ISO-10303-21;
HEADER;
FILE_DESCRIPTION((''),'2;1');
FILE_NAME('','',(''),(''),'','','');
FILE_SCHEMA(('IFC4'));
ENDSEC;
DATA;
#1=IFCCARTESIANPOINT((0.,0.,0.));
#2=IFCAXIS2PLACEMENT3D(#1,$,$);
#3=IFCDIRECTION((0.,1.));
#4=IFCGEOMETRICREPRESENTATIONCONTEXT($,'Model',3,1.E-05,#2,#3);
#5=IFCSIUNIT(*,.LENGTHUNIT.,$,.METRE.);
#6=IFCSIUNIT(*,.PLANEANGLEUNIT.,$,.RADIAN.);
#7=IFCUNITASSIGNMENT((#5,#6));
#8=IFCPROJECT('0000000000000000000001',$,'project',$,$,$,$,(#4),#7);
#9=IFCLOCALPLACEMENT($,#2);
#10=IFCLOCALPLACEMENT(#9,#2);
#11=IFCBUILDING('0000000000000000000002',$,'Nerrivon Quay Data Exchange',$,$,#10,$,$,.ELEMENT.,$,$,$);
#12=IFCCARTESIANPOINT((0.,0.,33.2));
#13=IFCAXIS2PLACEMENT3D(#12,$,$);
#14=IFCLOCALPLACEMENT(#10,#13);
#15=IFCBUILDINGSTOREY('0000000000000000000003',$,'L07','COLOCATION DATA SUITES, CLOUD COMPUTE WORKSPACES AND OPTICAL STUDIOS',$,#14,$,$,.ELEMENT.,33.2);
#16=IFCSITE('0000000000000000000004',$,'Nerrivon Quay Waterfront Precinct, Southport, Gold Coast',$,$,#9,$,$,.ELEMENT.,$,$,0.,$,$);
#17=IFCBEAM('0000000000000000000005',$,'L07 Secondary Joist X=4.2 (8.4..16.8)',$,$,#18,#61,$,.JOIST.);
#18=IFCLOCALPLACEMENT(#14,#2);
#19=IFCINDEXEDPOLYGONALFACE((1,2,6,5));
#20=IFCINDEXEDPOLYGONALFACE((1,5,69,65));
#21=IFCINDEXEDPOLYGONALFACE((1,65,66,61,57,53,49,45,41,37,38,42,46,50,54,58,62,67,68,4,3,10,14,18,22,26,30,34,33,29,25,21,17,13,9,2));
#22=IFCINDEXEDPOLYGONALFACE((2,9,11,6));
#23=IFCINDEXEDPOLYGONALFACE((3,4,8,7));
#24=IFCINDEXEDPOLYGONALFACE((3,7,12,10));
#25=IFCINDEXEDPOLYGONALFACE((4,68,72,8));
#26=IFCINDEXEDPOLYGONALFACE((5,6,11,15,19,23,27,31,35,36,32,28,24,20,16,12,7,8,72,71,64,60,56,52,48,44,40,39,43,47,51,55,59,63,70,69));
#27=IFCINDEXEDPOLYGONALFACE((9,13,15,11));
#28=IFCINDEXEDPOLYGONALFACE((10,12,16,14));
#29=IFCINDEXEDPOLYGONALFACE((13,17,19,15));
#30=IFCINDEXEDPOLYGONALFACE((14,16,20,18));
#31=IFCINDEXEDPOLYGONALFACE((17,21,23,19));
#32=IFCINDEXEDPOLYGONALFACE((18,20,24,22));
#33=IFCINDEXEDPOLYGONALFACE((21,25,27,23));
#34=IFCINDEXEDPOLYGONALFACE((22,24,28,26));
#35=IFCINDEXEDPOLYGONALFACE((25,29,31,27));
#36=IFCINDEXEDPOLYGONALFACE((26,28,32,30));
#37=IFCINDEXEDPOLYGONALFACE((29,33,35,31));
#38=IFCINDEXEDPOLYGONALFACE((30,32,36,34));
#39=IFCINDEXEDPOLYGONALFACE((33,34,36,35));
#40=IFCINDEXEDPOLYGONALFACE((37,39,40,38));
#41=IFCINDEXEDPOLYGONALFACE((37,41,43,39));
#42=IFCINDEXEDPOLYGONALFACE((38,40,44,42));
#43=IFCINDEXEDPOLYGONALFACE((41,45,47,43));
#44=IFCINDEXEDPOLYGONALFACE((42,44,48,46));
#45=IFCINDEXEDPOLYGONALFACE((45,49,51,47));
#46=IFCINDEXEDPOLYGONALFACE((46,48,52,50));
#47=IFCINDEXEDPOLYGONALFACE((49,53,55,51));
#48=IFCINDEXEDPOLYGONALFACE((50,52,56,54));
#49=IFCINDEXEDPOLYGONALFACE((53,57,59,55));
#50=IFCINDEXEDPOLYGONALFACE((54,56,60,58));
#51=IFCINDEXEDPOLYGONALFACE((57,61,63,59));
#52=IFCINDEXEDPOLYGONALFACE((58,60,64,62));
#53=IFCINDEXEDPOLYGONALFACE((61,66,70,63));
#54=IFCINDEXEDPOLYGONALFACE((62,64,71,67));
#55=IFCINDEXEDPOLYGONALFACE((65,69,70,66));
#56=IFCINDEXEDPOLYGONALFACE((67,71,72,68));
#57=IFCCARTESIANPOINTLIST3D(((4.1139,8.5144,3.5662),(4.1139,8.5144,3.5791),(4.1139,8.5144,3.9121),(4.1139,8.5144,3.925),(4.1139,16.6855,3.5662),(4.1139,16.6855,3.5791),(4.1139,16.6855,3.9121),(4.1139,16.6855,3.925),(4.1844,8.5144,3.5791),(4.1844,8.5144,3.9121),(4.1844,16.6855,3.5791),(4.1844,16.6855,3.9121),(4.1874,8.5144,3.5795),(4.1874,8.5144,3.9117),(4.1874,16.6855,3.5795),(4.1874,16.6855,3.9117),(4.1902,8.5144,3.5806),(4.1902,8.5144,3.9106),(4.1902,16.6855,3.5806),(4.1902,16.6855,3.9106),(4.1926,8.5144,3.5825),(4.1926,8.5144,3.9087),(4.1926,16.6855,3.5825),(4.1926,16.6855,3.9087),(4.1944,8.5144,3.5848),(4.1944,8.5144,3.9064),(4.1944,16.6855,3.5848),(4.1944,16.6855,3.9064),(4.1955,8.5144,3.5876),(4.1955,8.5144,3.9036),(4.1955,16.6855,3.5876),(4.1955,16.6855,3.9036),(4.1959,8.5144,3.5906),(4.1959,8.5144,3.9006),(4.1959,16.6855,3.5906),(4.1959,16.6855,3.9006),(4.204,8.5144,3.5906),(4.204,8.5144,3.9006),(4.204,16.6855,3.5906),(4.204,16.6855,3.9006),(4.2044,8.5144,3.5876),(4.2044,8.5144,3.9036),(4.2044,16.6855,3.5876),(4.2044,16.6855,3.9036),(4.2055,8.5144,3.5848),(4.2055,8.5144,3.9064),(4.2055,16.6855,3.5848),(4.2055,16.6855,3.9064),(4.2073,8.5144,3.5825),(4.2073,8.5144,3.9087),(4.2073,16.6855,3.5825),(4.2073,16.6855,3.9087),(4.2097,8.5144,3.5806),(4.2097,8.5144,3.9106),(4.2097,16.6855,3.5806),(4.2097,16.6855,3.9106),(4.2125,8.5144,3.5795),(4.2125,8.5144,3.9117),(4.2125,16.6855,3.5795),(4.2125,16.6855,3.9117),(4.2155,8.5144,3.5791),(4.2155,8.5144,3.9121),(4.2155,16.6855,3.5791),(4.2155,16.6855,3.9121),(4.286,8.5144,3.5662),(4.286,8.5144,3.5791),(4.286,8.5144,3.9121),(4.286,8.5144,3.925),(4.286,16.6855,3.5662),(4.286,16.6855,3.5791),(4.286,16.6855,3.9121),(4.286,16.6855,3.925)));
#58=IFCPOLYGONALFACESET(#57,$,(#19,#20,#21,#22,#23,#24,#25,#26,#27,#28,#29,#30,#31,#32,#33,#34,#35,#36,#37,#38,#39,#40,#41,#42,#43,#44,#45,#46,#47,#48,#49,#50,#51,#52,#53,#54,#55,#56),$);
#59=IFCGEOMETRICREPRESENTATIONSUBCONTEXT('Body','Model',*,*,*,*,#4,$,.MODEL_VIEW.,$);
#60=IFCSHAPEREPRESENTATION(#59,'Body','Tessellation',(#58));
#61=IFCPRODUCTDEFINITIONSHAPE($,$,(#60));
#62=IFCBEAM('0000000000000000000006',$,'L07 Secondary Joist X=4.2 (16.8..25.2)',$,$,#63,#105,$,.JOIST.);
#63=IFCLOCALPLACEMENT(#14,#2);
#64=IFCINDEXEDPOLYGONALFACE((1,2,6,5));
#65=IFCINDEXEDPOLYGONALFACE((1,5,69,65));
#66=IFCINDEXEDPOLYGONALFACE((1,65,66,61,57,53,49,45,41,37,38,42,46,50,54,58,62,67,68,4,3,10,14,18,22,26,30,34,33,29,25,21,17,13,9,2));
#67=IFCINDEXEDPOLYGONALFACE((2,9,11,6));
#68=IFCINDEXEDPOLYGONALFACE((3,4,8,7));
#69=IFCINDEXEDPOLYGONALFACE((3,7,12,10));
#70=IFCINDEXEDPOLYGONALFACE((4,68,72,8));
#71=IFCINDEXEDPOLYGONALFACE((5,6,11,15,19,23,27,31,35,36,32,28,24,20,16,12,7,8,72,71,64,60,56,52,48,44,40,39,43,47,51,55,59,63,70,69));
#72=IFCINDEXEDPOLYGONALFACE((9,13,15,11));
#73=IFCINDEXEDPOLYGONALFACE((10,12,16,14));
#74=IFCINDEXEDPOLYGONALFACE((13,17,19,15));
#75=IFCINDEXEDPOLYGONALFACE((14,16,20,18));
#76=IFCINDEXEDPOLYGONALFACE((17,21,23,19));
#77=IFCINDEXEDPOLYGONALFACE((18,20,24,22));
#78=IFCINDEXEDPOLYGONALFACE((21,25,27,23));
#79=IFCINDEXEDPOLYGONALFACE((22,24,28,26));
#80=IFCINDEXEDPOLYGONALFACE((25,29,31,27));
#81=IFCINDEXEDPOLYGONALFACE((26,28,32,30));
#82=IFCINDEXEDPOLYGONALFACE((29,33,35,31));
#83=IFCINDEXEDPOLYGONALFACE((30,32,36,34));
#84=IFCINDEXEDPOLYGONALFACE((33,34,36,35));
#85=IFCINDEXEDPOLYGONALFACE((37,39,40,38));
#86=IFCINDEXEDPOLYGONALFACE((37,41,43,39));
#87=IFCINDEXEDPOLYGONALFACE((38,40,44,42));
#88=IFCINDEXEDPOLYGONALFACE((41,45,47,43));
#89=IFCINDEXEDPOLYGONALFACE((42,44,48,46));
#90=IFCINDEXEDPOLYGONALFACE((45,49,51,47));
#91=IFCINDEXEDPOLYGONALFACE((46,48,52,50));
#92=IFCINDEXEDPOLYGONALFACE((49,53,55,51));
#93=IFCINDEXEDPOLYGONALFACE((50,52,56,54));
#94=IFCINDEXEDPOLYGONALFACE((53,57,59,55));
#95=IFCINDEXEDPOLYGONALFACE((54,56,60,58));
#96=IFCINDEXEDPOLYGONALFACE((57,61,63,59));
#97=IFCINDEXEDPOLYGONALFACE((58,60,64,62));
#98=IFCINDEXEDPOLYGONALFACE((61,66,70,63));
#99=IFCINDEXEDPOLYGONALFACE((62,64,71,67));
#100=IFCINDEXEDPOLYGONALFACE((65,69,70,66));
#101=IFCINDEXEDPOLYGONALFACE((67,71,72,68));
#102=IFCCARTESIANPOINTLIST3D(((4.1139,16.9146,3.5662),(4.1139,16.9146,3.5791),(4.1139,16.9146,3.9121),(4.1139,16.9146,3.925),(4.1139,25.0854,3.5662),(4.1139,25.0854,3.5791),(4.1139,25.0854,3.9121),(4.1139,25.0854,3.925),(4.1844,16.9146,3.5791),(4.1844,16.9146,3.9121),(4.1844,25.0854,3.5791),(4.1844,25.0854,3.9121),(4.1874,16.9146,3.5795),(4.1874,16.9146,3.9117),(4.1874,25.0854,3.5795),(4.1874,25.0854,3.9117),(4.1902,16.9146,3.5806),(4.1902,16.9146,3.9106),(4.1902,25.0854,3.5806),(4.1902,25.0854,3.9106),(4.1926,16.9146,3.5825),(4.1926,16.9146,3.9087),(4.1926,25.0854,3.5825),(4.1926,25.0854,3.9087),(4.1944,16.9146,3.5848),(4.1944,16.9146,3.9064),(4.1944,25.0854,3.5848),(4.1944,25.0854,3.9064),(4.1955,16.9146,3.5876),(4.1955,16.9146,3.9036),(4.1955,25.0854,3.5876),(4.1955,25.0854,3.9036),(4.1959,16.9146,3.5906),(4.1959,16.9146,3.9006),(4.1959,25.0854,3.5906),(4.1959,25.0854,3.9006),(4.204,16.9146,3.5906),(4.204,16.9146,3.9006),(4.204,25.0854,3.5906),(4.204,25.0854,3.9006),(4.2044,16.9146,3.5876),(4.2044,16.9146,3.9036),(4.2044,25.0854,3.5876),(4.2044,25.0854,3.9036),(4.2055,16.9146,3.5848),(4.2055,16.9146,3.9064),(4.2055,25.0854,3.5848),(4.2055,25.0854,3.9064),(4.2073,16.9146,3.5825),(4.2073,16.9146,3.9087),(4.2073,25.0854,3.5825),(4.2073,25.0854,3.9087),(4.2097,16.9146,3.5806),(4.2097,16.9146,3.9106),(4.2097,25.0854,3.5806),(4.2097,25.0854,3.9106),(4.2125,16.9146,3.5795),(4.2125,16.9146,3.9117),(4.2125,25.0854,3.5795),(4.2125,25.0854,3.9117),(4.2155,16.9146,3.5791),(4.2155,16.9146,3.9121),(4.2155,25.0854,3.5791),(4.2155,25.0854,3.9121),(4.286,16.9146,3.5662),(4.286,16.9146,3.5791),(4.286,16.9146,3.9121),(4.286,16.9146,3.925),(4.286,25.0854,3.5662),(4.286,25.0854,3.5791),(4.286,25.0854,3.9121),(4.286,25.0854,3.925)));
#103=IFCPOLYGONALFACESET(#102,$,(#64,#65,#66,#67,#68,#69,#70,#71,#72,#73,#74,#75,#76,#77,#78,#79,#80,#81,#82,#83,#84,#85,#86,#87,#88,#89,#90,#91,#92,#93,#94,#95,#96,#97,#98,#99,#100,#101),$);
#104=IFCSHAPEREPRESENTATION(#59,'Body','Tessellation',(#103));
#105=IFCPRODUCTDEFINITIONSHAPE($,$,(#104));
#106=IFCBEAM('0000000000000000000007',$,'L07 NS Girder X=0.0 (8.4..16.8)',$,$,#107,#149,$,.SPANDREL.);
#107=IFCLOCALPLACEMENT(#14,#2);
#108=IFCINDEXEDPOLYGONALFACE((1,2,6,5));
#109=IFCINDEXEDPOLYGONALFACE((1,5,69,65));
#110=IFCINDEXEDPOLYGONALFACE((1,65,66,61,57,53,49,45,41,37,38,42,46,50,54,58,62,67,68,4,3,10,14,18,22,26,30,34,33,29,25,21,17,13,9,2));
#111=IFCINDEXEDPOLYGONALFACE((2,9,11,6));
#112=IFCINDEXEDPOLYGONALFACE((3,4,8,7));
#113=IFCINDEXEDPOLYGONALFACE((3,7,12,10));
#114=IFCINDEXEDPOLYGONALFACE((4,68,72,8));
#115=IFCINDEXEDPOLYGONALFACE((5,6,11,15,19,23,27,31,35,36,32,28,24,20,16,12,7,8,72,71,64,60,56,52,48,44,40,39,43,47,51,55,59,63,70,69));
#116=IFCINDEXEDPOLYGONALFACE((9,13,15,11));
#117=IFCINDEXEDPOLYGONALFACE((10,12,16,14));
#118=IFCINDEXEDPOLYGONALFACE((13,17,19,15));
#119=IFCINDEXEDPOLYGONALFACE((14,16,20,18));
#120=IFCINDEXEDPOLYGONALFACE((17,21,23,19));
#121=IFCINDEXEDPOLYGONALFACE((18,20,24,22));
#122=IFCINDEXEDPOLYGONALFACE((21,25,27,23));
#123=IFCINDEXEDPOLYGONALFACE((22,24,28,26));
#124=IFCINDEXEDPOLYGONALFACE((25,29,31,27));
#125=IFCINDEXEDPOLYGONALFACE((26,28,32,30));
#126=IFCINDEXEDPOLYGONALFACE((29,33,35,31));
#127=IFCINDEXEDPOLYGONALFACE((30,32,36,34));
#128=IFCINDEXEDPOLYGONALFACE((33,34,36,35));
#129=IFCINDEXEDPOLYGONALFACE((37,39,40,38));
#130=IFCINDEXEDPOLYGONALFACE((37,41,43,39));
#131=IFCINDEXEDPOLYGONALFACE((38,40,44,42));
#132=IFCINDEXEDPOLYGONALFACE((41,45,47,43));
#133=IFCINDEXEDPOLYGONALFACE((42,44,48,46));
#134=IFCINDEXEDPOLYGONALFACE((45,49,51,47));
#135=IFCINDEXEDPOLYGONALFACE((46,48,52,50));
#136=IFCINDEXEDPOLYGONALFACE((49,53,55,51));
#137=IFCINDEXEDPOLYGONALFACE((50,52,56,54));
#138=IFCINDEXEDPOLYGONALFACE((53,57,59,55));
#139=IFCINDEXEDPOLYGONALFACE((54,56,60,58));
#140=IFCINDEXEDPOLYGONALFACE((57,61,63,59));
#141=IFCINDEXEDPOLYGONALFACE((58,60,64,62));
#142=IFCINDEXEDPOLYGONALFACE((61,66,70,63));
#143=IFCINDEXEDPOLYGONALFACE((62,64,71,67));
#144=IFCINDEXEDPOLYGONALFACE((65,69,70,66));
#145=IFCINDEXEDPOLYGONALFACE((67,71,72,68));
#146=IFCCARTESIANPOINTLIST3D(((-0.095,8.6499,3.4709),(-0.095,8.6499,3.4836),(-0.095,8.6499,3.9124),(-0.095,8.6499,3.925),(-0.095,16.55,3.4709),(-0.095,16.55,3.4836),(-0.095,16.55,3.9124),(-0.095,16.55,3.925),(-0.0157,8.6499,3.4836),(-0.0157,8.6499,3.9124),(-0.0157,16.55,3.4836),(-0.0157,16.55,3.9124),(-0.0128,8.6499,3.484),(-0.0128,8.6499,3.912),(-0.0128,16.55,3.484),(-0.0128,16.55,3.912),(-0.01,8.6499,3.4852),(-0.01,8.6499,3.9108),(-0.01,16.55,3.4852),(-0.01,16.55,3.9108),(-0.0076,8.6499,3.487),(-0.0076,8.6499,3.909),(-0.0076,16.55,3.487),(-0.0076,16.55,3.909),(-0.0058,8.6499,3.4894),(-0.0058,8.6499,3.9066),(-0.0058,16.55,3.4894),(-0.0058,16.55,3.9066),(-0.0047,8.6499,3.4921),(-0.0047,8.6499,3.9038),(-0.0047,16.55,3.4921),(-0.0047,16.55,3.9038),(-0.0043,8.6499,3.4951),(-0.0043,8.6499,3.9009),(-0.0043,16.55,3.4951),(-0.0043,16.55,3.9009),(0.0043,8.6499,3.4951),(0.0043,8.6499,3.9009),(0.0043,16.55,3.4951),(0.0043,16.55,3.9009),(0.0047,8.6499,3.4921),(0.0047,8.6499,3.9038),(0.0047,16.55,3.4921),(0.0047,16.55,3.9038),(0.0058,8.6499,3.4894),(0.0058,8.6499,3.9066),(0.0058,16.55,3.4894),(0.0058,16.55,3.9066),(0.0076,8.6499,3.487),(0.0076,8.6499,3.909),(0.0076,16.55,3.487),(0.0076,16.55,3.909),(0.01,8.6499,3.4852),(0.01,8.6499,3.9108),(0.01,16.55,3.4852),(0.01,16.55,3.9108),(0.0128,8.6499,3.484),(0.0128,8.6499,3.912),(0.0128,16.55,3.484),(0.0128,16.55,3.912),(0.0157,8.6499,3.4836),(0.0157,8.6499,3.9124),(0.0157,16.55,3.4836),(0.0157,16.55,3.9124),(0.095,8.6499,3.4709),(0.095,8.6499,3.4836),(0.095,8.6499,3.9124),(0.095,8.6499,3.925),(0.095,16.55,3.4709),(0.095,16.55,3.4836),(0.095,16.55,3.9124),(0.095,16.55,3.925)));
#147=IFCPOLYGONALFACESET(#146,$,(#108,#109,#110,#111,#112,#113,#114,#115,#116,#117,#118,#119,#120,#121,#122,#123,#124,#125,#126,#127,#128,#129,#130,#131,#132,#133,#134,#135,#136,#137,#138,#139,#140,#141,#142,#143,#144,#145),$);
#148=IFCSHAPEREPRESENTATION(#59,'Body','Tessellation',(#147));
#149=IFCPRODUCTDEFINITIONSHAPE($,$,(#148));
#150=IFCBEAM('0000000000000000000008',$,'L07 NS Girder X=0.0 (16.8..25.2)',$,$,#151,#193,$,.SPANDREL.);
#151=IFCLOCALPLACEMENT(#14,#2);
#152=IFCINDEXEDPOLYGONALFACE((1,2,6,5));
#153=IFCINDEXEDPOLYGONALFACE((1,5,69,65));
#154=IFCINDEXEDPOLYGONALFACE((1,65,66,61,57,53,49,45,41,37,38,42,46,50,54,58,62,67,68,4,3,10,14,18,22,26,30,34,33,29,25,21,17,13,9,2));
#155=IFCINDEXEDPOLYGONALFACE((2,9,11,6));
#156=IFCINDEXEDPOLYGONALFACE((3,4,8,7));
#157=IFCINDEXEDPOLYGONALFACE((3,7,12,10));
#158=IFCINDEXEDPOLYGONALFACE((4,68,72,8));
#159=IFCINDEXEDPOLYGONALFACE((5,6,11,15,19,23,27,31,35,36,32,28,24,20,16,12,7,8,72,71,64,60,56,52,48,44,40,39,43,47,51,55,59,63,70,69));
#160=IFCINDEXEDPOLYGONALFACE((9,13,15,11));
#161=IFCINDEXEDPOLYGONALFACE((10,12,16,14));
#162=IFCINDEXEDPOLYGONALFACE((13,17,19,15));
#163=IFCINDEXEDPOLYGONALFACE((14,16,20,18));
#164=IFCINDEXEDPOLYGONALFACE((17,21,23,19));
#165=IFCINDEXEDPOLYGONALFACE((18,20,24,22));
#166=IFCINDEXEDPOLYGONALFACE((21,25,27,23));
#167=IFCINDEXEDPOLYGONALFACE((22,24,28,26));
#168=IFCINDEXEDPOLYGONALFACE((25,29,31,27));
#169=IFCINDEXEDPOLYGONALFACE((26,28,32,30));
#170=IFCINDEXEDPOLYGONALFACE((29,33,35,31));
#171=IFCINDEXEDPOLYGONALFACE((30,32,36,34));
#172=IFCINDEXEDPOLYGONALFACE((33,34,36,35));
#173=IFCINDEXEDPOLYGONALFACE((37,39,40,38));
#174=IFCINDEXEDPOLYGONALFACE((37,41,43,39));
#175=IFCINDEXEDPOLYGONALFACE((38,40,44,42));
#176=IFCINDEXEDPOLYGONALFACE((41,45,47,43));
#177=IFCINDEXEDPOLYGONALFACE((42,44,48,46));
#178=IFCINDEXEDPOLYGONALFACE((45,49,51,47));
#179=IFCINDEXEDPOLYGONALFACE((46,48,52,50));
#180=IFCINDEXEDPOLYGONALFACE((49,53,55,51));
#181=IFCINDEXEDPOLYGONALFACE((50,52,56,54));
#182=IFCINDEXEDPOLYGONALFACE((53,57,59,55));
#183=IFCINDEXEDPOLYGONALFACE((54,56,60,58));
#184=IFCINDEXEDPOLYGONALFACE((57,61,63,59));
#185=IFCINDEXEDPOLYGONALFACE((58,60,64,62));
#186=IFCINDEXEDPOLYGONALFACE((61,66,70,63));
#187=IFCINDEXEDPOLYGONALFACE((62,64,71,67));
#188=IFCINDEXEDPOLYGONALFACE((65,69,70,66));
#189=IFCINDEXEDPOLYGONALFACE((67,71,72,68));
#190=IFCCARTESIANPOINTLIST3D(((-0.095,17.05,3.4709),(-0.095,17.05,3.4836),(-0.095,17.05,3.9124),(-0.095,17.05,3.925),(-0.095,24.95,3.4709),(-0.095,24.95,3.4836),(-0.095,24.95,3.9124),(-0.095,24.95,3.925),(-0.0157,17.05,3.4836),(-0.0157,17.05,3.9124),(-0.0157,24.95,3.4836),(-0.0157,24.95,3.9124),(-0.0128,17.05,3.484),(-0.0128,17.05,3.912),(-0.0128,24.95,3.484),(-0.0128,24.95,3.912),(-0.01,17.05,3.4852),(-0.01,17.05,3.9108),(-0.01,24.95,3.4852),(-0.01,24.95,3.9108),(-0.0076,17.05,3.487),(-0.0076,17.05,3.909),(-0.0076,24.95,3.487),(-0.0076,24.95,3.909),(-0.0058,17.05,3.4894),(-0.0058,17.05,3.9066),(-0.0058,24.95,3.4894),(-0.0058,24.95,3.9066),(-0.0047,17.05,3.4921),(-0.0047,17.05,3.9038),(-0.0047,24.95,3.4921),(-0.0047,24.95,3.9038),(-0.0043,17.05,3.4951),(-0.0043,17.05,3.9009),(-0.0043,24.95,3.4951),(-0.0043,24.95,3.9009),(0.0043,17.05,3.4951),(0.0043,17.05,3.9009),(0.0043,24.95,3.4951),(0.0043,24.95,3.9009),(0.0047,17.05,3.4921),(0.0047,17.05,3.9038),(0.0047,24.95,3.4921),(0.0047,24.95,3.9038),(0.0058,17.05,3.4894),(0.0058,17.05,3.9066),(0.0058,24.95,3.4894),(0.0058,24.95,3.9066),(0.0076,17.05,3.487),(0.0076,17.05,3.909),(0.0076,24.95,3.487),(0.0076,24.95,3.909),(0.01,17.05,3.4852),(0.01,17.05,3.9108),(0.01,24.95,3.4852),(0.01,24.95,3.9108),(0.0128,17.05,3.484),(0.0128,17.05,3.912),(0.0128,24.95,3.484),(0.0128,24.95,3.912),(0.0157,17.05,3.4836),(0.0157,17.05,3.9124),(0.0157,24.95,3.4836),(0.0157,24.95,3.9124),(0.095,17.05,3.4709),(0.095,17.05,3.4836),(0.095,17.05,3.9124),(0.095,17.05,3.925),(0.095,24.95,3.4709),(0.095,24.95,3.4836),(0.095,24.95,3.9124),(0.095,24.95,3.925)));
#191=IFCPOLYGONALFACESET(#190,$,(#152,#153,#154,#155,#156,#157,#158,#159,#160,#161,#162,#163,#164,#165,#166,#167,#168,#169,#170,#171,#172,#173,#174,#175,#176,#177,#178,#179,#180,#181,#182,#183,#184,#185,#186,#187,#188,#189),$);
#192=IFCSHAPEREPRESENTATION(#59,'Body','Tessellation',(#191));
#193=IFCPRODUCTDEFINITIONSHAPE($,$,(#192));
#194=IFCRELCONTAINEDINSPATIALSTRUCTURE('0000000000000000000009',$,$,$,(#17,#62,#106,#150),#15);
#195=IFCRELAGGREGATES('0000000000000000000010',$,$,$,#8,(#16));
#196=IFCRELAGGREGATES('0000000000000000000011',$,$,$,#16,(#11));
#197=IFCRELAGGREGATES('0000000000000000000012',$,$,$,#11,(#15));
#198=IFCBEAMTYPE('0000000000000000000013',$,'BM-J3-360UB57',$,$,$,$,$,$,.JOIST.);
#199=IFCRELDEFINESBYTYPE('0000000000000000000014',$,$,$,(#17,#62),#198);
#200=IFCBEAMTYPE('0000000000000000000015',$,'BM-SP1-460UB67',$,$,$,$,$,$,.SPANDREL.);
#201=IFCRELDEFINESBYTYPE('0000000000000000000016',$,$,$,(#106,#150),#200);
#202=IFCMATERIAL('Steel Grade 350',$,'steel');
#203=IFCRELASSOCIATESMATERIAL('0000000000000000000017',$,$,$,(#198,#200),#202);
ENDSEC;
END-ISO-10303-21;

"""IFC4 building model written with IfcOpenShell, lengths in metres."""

from ifc_helpers import new_model, si_unit, direction, frame, origin, origin_2d, place, context, subcontext, project, spatial, i_section, extrude, material, material_profile, profile_set, type_object, element, save


model = new_model("IFC4")

# Units and contexts
model_context = context("Model", 3, precision=1e-05, world=origin(), true_north=direction((0.0, 1.0)))
body_context = subcontext(model_context, "Body", "Model", "MODEL_VIEW")
ifc_project = project(units=[si_unit("LENGTHUNIT", "METRE"), si_unit("PLANEANGLEUNIT", "RADIAN")], contexts=[model_context])

# Site, building, storey
site_placement = place(None, origin())
site = spatial("IfcSite", under=ifc_project, at=site_placement, Name="Nerrivon Quay Waterfront Precinct, Southport, Gold Coast", CompositionType="ELEMENT", RefElevation=0.0)
building_placement = place(site_placement, origin())
building = spatial("IfcBuilding", under=site, at=building_placement, Name="Nerrivon Quay Data Exchange", CompositionType="ELEMENT")
storey_placement = place(building_placement, frame((0.0, 0.0, 33.2)))
storey = spatial("IfcBuildingStorey", under=building, at=storey_placement, Name="L07", Description="COLOCATION DATA SUITES, CLOUD COMPUTE WORKSPACES AND OPTICAL STUDIOS", CompositionType="ELEMENT", Elevation=33.2)

# Shared definitions
ifc_material_1 = material(Name="Steel Grade 350", Category="steel")

# Beams
ifc_material_profile_1 = material_profile(ifc_material_1, i_section(OverallWidth=0.1721, OverallDepth=0.3589, WebThickness=0.0081, FlangeThickness=0.0129, FilletRadius=0.0115, at=origin_2d()), Name="360UB56.7")
ifc_profile_set_1 = profile_set([ifc_material_profile_1], Name="Steel Grade 350")
beam_type_1 = type_object("IfcBeamType", Name="BM-J3-360UB57", PredefinedType="JOIST", material=ifc_profile_set_1)
beam_1_placement = place(storey_placement, frame((4.2, 8.5144, 3.7456), z_axis=(0.0, 1.0, 0.0), x_axis=(-1.0, 0.0, 0.0)))
element("IfcBeam", 1, at=beam_1_placement, inside=storey, type_object=beam_type_1, Name="L07 Secondary Joist X=4.2 (8.4..16.8)", PredefinedType="JOIST", context=body_context, shape_type="SweptSolid", body=[
    extrude(i_section(OverallWidth=0.1721, OverallDepth=0.3589, WebThickness=0.0081, FlangeThickness=0.0129, FilletRadius=0.0115, at=origin_2d()), origin(), (0.0, 0.0, 1.0), 8.1711),
])
beam_2_placement = place(storey_placement, frame((4.2, 16.9146, 3.7456), z_axis=(0.0, 1.0, 0.0), x_axis=(-1.0, 0.0, 0.0)))
element("IfcBeam", 2, at=beam_2_placement, inside=storey, type_object=beam_type_1, Name="L07 Secondary Joist X=4.2 (16.8..25.2)", PredefinedType="JOIST", context=body_context, shape_type="SweptSolid", body=[
    extrude(i_section(OverallWidth=0.1721, OverallDepth=0.3589, WebThickness=0.0081, FlangeThickness=0.0129, FilletRadius=0.0115, at=origin_2d()), origin(), (0.0, 0.0, 1.0), 8.1709),
])
ifc_material_profile_2 = material_profile(ifc_material_1, i_section(OverallWidth=0.1899, OverallDepth=0.4541, WebThickness=0.0085, FlangeThickness=0.0127, FilletRadius=0.0115, at=origin_2d()), Name="460UB67.1")
ifc_profile_set_2 = profile_set([ifc_material_profile_2], Name="Steel Grade 350")
beam_type_2 = type_object("IfcBeamType", Name="BM-SP1-460UB67", PredefinedType="SPANDREL", material=ifc_profile_set_2)
beam_3_placement = place(storey_placement, frame((0.0, 8.6499, 3.698), z_axis=(0.0, 1.0, 0.0), x_axis=(-1.0, 0.0, 0.0)))
element("IfcBeam", 3, at=beam_3_placement, inside=storey, type_object=beam_type_2, Name="L07 NS Girder X=0.0 (8.4..16.8)", PredefinedType="SPANDREL", context=body_context, shape_type="SweptSolid", body=[
    extrude(i_section(OverallWidth=0.1899, OverallDepth=0.4541, WebThickness=0.0085, FlangeThickness=0.0127, FilletRadius=0.0115, at=origin_2d()), origin(), (0.0, 0.0, 1.0), 7.9001),
])
beam_4_placement = place(storey_placement, frame((0.0, 17.05, 3.698), z_axis=(0.0, 1.0, 0.0), x_axis=(-1.0, 0.0, 0.0)))
element("IfcBeam", 4, at=beam_4_placement, inside=storey, type_object=beam_type_2, Name="L07 NS Girder X=0.0 (16.8..25.2)", PredefinedType="SPANDREL", context=body_context, shape_type="SweptSolid", body=[
    extrude(i_section(OverallWidth=0.1899, OverallDepth=0.4541, WebThickness=0.0085, FlangeThickness=0.0127, FilletRadius=0.0115, at=origin_2d()), origin(), (0.0, 0.0, 1.0), 7.8999),
])

save(model, "model.ifc")
